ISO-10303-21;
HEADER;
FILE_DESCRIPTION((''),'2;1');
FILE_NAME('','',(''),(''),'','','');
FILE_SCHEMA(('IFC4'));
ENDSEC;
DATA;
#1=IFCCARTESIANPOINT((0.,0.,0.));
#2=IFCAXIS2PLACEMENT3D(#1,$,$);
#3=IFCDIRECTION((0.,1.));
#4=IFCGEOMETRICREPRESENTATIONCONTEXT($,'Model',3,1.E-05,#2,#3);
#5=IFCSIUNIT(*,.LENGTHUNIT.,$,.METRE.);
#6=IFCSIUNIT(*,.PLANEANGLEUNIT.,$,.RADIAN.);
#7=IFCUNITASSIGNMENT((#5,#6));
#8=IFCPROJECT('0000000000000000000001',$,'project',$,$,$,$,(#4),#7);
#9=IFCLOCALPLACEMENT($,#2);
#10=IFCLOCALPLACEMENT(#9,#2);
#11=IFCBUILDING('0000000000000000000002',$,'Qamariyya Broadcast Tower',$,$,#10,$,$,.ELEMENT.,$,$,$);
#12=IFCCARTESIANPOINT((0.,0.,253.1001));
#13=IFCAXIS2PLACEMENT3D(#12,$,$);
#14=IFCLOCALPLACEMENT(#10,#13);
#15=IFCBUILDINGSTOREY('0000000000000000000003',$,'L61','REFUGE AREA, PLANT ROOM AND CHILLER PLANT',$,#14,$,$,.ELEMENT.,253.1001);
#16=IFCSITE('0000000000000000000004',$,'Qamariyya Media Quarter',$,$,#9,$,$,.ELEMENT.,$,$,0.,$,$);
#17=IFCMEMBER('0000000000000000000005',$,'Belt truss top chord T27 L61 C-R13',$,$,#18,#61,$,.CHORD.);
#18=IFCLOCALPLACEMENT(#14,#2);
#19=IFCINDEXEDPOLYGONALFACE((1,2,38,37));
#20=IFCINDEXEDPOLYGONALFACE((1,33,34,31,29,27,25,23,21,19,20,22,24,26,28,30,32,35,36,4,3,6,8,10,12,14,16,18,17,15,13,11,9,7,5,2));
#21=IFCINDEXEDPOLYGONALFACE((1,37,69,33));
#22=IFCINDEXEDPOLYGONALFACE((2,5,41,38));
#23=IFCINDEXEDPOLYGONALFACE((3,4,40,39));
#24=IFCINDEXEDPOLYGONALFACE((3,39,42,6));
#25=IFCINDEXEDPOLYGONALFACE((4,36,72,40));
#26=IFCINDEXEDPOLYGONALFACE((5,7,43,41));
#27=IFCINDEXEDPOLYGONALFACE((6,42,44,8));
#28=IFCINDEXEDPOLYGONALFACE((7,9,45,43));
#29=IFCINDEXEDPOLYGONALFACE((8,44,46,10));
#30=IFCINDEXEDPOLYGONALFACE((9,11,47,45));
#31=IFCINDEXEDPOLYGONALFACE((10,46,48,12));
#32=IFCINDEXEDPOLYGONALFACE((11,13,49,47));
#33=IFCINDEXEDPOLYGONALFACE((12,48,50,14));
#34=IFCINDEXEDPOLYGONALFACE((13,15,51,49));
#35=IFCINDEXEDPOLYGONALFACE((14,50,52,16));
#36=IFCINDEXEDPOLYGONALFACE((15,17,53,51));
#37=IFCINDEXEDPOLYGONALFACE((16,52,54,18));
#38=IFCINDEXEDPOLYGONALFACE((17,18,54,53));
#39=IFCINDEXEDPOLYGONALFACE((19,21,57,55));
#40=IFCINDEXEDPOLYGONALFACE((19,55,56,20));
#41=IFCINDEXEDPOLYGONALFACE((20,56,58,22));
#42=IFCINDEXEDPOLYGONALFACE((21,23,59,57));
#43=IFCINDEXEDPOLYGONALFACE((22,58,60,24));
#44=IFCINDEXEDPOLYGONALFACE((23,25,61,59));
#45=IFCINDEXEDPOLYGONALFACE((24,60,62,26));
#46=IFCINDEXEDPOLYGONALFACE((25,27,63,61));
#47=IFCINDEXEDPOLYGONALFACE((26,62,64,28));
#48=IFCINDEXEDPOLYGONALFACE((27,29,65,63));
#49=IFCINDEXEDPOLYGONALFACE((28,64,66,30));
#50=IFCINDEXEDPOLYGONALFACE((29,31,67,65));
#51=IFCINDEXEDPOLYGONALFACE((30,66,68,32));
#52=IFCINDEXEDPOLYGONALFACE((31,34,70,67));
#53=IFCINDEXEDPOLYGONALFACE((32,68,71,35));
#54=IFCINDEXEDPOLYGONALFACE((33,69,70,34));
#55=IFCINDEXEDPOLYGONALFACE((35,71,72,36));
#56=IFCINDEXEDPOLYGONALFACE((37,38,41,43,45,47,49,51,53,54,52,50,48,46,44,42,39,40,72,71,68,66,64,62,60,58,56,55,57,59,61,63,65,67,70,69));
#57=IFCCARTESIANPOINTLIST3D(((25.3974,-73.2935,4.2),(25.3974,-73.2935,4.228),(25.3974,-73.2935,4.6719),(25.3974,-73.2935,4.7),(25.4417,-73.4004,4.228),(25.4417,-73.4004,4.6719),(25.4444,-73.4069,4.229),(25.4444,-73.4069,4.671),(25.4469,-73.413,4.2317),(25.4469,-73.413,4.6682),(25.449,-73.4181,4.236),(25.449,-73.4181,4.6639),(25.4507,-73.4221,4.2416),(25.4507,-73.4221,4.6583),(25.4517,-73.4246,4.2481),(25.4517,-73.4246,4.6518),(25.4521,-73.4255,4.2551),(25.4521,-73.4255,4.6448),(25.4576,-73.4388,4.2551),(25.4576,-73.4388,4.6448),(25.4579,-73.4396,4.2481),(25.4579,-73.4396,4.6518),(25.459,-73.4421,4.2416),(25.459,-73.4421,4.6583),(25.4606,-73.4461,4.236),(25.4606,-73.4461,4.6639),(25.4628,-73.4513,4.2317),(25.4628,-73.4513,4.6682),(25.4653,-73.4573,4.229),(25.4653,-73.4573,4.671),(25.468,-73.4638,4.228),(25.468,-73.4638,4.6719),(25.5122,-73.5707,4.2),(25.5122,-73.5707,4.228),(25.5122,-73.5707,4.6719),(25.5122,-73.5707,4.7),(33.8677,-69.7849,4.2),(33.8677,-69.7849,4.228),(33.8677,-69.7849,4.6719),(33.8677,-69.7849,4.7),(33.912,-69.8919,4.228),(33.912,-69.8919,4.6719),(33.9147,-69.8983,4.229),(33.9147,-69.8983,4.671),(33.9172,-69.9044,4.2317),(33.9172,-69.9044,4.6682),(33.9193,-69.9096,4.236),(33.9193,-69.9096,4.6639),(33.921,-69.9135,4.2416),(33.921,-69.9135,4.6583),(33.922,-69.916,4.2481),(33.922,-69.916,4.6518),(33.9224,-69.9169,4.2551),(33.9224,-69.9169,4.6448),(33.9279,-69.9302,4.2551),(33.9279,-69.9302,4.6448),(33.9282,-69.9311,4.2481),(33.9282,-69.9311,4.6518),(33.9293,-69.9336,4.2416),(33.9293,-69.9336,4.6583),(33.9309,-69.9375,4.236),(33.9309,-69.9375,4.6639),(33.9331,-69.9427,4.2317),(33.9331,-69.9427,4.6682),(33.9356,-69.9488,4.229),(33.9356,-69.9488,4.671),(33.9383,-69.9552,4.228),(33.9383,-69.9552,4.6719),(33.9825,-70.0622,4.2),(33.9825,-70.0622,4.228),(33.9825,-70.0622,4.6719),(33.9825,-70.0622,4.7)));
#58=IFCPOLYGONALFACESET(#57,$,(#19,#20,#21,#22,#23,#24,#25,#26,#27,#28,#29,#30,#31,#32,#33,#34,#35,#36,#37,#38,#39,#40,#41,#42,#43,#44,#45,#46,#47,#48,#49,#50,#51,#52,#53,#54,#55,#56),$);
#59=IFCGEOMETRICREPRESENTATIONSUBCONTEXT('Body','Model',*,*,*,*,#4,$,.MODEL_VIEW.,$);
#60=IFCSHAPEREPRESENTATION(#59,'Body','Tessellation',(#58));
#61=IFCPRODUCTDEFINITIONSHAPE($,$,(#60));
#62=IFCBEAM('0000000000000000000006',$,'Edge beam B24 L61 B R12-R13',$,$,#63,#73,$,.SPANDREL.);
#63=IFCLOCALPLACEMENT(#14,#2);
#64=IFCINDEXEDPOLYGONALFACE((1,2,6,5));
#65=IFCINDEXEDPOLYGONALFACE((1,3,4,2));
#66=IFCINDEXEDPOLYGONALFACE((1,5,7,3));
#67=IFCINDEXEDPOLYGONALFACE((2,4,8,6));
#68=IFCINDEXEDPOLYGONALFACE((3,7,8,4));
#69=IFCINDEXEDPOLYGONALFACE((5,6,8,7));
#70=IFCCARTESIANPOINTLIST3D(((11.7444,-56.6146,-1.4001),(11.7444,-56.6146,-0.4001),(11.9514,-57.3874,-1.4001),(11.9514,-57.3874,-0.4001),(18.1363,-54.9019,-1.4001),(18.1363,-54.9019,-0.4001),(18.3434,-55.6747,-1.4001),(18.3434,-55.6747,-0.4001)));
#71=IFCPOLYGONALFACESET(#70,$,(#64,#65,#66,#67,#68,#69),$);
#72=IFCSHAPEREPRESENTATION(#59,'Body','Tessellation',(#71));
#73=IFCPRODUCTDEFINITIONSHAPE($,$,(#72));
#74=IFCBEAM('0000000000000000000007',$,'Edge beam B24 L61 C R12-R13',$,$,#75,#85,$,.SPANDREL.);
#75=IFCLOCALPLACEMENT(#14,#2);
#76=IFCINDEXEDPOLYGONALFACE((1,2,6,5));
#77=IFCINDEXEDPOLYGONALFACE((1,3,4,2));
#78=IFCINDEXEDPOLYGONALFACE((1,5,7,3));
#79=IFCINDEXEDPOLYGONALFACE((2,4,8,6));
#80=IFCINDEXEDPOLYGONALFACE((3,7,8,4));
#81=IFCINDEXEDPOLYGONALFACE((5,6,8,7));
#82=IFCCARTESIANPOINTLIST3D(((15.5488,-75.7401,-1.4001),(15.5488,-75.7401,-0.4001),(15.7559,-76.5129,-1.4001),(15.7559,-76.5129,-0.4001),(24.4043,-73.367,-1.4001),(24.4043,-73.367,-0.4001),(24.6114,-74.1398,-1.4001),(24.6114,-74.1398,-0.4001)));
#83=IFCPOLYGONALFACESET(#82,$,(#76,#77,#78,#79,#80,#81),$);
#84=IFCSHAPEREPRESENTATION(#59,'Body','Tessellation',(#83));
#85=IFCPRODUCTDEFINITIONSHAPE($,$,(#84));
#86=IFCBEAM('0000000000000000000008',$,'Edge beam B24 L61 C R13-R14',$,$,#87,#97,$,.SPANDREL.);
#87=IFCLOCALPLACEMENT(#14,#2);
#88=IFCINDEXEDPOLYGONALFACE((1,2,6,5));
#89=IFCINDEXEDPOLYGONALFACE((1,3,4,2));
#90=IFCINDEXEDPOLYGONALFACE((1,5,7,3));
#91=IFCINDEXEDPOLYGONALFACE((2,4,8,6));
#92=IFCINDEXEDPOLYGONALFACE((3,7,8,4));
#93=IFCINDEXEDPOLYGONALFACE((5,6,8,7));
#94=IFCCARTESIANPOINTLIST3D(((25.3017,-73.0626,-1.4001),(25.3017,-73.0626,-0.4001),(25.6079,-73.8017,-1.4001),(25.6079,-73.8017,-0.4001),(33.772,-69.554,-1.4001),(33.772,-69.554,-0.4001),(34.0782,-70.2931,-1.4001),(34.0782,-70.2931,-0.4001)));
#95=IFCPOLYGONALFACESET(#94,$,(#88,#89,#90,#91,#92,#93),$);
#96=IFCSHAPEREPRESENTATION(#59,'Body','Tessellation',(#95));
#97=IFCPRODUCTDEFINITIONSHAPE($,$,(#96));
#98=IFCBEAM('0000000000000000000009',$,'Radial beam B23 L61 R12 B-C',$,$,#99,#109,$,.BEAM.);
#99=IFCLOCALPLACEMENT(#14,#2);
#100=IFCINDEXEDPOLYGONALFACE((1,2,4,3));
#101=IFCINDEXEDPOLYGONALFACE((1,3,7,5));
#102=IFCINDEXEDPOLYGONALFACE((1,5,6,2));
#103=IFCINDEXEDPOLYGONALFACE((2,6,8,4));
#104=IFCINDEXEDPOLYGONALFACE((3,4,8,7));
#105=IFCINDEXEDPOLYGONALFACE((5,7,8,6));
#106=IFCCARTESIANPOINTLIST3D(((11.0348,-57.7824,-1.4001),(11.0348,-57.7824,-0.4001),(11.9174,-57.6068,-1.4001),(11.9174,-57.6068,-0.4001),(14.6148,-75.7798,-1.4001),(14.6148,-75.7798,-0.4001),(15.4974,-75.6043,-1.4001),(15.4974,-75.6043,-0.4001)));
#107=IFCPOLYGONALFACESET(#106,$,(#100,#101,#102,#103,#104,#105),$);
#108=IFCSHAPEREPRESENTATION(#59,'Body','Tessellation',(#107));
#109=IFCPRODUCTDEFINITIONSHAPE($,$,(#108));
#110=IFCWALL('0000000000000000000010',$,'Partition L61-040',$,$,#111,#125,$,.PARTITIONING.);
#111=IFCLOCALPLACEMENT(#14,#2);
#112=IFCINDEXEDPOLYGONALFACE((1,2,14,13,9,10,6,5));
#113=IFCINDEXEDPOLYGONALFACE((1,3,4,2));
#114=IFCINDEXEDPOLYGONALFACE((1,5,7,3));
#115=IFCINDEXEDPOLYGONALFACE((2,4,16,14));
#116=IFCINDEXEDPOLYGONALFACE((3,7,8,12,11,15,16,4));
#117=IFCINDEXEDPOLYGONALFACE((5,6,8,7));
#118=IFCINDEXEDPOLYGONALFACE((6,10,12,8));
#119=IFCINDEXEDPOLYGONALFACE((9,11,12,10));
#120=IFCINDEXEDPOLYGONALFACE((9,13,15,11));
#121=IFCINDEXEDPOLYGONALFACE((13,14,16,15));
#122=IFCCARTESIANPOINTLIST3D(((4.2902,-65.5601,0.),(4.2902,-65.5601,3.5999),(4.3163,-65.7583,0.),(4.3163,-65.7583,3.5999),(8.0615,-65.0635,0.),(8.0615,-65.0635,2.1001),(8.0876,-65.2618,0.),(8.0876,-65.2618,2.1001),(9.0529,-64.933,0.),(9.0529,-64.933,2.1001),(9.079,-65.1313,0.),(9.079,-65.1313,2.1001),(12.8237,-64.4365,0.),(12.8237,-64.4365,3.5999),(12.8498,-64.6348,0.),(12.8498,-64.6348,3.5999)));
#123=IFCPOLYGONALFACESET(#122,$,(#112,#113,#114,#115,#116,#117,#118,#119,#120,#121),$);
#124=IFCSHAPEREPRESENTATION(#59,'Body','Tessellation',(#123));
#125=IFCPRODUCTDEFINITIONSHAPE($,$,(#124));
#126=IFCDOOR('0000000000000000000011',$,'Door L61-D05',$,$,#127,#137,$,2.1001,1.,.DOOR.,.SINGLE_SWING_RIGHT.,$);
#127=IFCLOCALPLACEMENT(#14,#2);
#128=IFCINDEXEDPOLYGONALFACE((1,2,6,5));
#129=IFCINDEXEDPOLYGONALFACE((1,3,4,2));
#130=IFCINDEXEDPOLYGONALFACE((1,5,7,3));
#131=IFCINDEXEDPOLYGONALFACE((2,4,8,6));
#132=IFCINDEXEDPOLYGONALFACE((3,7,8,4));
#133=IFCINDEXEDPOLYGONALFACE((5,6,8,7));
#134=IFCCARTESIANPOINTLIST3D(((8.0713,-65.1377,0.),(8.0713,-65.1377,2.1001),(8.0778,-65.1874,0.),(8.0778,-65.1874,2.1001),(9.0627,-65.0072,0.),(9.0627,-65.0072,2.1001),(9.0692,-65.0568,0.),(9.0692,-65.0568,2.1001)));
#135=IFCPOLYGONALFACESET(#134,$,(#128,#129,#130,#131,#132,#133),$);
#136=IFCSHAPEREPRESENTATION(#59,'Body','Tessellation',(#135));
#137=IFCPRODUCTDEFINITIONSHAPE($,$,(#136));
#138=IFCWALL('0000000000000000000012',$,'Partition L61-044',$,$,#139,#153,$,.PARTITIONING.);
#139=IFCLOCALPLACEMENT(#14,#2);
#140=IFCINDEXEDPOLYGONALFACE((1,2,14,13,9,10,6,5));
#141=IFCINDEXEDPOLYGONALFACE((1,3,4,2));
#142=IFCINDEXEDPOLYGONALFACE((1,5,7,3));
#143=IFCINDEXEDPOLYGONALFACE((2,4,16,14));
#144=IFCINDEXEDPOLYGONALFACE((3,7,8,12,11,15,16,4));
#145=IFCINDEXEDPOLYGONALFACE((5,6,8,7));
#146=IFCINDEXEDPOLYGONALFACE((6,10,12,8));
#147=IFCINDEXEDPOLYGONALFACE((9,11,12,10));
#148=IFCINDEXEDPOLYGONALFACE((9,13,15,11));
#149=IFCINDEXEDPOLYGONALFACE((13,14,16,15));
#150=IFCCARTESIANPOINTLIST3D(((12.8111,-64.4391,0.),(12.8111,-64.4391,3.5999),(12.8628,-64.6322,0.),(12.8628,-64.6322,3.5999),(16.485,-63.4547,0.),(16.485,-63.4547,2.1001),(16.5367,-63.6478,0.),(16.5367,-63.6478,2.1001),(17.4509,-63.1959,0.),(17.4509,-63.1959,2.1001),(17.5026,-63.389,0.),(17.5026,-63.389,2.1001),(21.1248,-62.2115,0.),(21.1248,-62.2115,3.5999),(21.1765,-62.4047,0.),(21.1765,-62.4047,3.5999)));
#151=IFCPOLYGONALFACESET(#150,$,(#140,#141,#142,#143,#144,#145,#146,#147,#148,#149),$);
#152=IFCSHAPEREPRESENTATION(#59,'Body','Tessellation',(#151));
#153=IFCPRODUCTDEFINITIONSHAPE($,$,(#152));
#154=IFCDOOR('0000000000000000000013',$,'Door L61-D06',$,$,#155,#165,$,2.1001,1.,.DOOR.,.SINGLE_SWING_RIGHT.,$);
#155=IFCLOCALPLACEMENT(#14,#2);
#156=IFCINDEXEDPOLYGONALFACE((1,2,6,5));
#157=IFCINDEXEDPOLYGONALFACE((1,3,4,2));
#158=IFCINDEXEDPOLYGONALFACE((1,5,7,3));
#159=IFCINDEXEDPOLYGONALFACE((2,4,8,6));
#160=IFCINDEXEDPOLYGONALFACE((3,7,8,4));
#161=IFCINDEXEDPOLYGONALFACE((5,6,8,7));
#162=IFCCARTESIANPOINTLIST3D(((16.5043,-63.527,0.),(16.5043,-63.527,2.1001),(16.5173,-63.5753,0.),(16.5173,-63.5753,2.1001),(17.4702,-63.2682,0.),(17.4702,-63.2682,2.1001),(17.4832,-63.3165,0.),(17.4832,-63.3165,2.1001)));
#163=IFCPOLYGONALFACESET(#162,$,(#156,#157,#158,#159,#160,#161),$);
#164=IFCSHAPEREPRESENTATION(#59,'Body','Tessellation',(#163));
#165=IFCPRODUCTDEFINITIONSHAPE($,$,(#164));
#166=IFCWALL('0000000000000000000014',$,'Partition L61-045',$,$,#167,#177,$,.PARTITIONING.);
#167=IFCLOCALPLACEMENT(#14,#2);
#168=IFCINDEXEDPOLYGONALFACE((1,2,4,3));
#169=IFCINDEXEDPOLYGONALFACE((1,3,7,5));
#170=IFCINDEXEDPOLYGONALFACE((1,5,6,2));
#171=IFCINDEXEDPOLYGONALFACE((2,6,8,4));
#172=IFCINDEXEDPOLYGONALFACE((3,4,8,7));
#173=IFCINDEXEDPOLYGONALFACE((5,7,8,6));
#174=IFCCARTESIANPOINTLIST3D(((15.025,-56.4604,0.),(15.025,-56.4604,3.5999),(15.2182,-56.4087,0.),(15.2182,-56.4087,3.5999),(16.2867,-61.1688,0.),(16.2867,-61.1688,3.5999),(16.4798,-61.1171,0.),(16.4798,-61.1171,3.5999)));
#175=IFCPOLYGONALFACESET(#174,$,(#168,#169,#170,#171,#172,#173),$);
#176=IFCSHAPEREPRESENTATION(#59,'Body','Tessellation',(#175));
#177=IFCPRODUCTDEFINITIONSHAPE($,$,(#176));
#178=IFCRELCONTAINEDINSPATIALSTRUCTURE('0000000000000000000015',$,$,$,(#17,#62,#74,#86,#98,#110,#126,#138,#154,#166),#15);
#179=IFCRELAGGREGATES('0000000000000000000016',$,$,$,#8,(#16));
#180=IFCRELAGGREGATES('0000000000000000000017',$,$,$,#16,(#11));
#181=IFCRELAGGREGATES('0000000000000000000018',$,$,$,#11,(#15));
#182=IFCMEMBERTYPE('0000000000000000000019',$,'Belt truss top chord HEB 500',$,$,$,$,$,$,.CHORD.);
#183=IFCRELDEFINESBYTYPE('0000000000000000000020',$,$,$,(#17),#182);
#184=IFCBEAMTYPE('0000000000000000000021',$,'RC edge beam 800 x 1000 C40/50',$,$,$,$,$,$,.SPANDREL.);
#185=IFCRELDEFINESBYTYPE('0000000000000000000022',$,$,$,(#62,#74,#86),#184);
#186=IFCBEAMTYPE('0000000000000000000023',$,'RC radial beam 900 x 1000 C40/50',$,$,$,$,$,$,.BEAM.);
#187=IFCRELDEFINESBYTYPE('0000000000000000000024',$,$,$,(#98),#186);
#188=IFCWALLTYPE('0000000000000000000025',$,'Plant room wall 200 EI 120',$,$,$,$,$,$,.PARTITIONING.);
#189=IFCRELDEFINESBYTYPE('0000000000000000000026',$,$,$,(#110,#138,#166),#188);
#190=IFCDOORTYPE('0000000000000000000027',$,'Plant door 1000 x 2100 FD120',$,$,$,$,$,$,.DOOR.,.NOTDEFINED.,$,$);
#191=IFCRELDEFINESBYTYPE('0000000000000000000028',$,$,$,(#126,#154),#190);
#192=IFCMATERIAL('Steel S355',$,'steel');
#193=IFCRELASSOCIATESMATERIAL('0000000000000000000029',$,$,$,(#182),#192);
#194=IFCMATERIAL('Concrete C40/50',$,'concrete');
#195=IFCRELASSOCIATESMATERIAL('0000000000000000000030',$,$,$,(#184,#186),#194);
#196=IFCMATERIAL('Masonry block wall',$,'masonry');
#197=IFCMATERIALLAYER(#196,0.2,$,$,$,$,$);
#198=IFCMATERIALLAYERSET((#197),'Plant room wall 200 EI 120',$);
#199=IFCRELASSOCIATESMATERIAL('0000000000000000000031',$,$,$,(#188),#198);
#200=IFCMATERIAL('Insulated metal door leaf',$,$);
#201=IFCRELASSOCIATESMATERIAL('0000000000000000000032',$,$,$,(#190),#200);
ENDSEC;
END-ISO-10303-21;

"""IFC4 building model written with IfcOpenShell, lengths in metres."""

from ifc_helpers import new_model, si_unit, direction, frame, frame_2d, origin, origin_2d, place, context, subcontext, project, spatial, rectangle, i_section, extrude, material, layer, layer_set, material_profile, profile_set, type_object, element, fill, save


model = new_model("IFC4")

# Units and contexts
model_context = context("Model", 3, precision=1e-05, world=origin(), true_north=direction((0.0, 1.0)))
body_context = subcontext(model_context, "Body", "Model", "MODEL_VIEW")
ifc_project = project(units=[si_unit("LENGTHUNIT", "METRE"), si_unit("PLANEANGLEUNIT", "RADIAN")], contexts=[model_context])

# Site, building, storey
site_placement = place(None, origin())
site = spatial("IfcSite", under=ifc_project, at=site_placement, Name="Qamariyya Media Quarter", CompositionType="ELEMENT", RefElevation=0.0)
building_placement = place(site_placement, origin())
building = spatial("IfcBuilding", under=site, at=building_placement, Name="Qamariyya Broadcast Tower", CompositionType="ELEMENT")
storey_placement = place(building_placement, frame((0.0, 0.0, 253.1001)))
storey = spatial("IfcBuildingStorey", under=building, at=storey_placement, Name="L61", Description="REFUGE AREA, PLANT ROOM AND CHILLER PLANT", CompositionType="ELEMENT", Elevation=253.1001)

# Member
ifc_material_1 = material(Name="Steel S355", Category="steel")
ifc_material_profile_1 = material_profile(ifc_material_1, i_section(OverallWidth=0.3, OverallDepth=0.5, WebThickness=0.0144, FlangeThickness=0.0281, FilletRadius=0.0271, at=origin_2d()))
ifc_profile_set_1 = profile_set([ifc_material_profile_1], Name="Steel S355")
member_type_1 = type_object("IfcMemberType", Name="Belt truss top chord HEB 500", PredefinedType="CHORD", material=ifc_profile_set_1)
member_1_placement = place(storey_placement, frame((25.4548, -73.4321, 4.45), z_axis=(0.923877, 0.38269, 0.0), x_axis=(-0.38269, 0.923877, 0.0)))
element("IfcMember", 1, at=member_1_placement, inside=storey, type_object=member_type_1, Name="Belt truss top chord T27 L61 C-R13", PredefinedType="CHORD", context=body_context, shape_type="SweptSolid", body=[
    extrude(i_section(OverallWidth=0.3, OverallDepth=0.5, WebThickness=0.0144, FlangeThickness=0.0281, FilletRadius=0.0271, at=origin_2d()), origin(), (0.0, 0.0, 1.0), 9.1682),
])

# Beams
ifc_material_2 = material(Name="Concrete C40/50", Category="concrete")
ifc_material_profile_2 = material_profile(ifc_material_2, rectangle(XDim=0.8, YDim=1.0, at=origin_2d()))
ifc_profile_set_2 = profile_set([ifc_material_profile_2], Name="Concrete C40/50")
beam_type_1 = type_object("IfcBeamType", Name="RC edge beam 800 x 1000 C40/50", PredefinedType="SPANDREL", material=ifc_profile_set_2)
beam_1_placement = place(storey_placement, frame((11.8479, -57.001, -0.9001), z_axis=(0.965927, 0.258813, 0.0), x_axis=(-0.258813, 0.965927, 0.0)))
element("IfcBeam", 2, at=beam_1_placement, inside=storey, type_object=beam_type_1, Name="Edge beam B24 L61 B R12-R13", PredefinedType="SPANDREL", context=body_context, shape_type="SweptSolid", body=[
    extrude(rectangle(XDim=0.8, YDim=1.0, at=origin_2d()), origin(), (0.0, 0.0, 1.0), 6.6174),
])
beam_2_placement = place(storey_placement, frame((15.6523, -76.1265, -0.9001), z_axis=(0.96592, 0.258843, 0.0), x_axis=(-0.258843, 0.96592, 0.0)))
element("IfcBeam", 3, at=beam_2_placement, inside=storey, type_object=beam_type_1, Name="Edge beam B24 L61 C R12-R13", PredefinedType="SPANDREL", context=body_context, shape_type="SweptSolid", body=[
    extrude(rectangle(XDim=0.8, YDim=1.0, at=origin_2d()), origin(), (0.0, 0.0, 1.0), 9.168),
])
beam_3_placement = place(storey_placement, frame((25.4548, -73.4321, -0.9001), z_axis=(0.923877, 0.38269, 0.0), x_axis=(-0.38269, 0.923877, 0.0)))
element("IfcBeam", 4, at=beam_3_placement, inside=storey, type_object=beam_type_1, Name="Edge beam B24 L61 C R13-R14", PredefinedType="SPANDREL", context=body_context, shape_type="SweptSolid", body=[
    extrude(rectangle(XDim=0.8, YDim=1.0, at=origin_2d()), origin(), (0.0, 0.0, 1.0), 9.1682),
])
ifc_material_profile_3 = material_profile(ifc_material_2, rectangle(XDim=0.8999, YDim=1.0, at=origin_2d()))
ifc_profile_set_3 = profile_set([ifc_material_profile_3], Name="Concrete C40/50")
beam_type_2 = type_object("IfcBeamType", Name="RC radial beam 900 x 1000 C40/50", PredefinedType="BEAM", material=ifc_profile_set_3)
beam_4_placement = place(storey_placement, frame((11.4761, -57.6946, -0.9001), z_axis=(0.195098, -0.980784, 0.0), x_axis=(0.980784, 0.195098, 0.0)))
element("IfcBeam", 5, at=beam_4_placement, inside=storey, type_object=beam_type_2, Name="Radial beam B23 L61 R12 B-C", PredefinedType="BEAM", context=body_context, shape_type="SweptSolid", body=[
    extrude(rectangle(XDim=0.8999, YDim=1.0, at=origin_2d()), origin(), (0.0, 0.0, 1.0), 18.3501),
])

# Walls, openings, doors
ifc_material_3 = material(Name="Masonry block wall", Category="masonry")
ifc_layer_1 = layer(ifc_material_3, 0.2)
ifc_layer_set_1 = layer_set([ifc_layer_1], Name="Plant room wall 200 EI 120")
wall_type_1 = type_object("IfcWallType", Name="Plant room wall 200 EI 120", PredefinedType="PARTITIONING", material=ifc_layer_set_1)
wall_1_placement = place(storey_placement, frame((12.8369, -64.5356, 0.0), z_axis=(0.0, 0.0, 1.0), x_axis=(-0.991444, -0.130536, 0.0)))
wall_1 = element("IfcWall", 6, at=wall_1_placement, inside=storey, type_object=wall_type_1, Name="Partition L61-040", PredefinedType="PARTITIONING", context=body_context, shape_type="SweptSolid", body=[
    extrude(rectangle(XDim=8.6072, YDim=0.2, at=frame_2d((4.3037, 0.0))), origin(), (0.0, 0.0, 1.0), 3.5999),
])
opening_1_placement = place(wall_1_placement, frame((3.8035, 0.0, 0.0)))
opening_1 = element("IfcOpeningElement", 7, at=opening_1_placement, cuts=wall_1, PredefinedType="OPENING", context=body_context, shape_type="SweptSolid", body=[
    extrude(rectangle(XDim=1.0, YDim=2.1001, at=frame_2d((0.5, 1.05))), frame((0.0, 0.1099, 0.0), z_axis=(0.0, -1.0, 0.0), x_axis=(1.0, 0.0, 0.0)), (0.0, 0.0, 1.0), 0.22),
])
ifc_material_4 = material(Name="Insulated metal door leaf")
door_type = type_object("IfcDoorType", Name="Plant door 1000 x 2100 FD120", OperationType="NOTDEFINED", PredefinedType="DOOR", material=ifc_material_4)
door_1_placement = place(opening_1_placement, origin())
door_1 = element("IfcDoor", 8, at=door_1_placement, inside=storey, type_object=door_type, Name="Door L61-D05", OperationType="SINGLE_SWING_RIGHT", OverallHeight=2.1001, OverallWidth=1.0, PredefinedType="DOOR", context=body_context, shape_type="SweptSolid", body=[
    extrude(rectangle(XDim=1.0, YDim=2.1001, at=frame_2d((0.5, 1.05))), frame((0.0, 0.0249, 0.0), z_axis=(0.0, -1.0, 0.0), x_axis=(1.0, 0.0, 0.0)), (0.0, 0.0, 1.0), 0.05),
])
fill(opening_1, door_1)
wall_2_placement = place(storey_placement, frame((21.1506, -62.3081, 0.0), z_axis=(0.0, 0.0, 1.0), x_axis=(-0.965929, -0.258807, 0.0)))
wall_2 = element("IfcWall", 9, at=wall_2_placement, inside=storey, type_object=wall_type_1, Name="Partition L61-044", PredefinedType="PARTITIONING", context=body_context, shape_type="SweptSolid", body=[
    extrude(rectangle(XDim=8.6069, YDim=0.2, at=frame_2d((4.3035, 0.0))), origin(), (0.0, 0.0, 1.0), 3.5999),
])
opening_2_placement = place(wall_2_placement, frame((3.8035, 0.0, 0.0)))
opening_2 = element("IfcOpeningElement", 10, at=opening_2_placement, cuts=wall_2, PredefinedType="OPENING", context=body_context, shape_type="SweptSolid", body=[
    extrude(rectangle(XDim=1.0, YDim=2.1001, at=frame_2d((0.5, 1.05))), frame((0.0, 0.1099, 0.0), z_axis=(0.0, -1.0, 0.0), x_axis=(1.0, 0.0, 0.0)), (0.0, 0.0, 1.0), 0.22),
])
door_2_placement = place(opening_2_placement, origin())
door_2 = element("IfcDoor", 11, at=door_2_placement, inside=storey, type_object=door_type, Name="Door L61-D06", OperationType="SINGLE_SWING_RIGHT", OverallHeight=2.1001, OverallWidth=1.0, PredefinedType="DOOR", context=body_context, shape_type="SweptSolid", body=[
    extrude(rectangle(XDim=1.0, YDim=2.1001, at=frame_2d((0.5, 1.05))), frame((0.0, 0.0249, 0.0), z_axis=(0.0, -1.0, 0.0), x_axis=(1.0, 0.0, 0.0)), (0.0, 0.0, 1.0), 0.05),
])
fill(opening_2, door_2)

# Wall
wall_3_placement = place(storey_placement, frame((15.1216, -56.4346, 0.0), z_axis=(0.0, 0.0, 1.0), x_axis=(0.258835, -0.965922, 0.0)))
element("IfcWall", 12, at=wall_3_placement, inside=storey, type_object=wall_type_1, Name="Partition L61-045", PredefinedType="PARTITIONING", context=body_context, shape_type="SweptSolid", body=[
    extrude(rectangle(XDim=4.8745, YDim=0.2, at=frame_2d((2.4373, 0.0))), origin(), (0.0, 0.0, 1.0), 3.5999),
])

save(model, "model.ifc")
